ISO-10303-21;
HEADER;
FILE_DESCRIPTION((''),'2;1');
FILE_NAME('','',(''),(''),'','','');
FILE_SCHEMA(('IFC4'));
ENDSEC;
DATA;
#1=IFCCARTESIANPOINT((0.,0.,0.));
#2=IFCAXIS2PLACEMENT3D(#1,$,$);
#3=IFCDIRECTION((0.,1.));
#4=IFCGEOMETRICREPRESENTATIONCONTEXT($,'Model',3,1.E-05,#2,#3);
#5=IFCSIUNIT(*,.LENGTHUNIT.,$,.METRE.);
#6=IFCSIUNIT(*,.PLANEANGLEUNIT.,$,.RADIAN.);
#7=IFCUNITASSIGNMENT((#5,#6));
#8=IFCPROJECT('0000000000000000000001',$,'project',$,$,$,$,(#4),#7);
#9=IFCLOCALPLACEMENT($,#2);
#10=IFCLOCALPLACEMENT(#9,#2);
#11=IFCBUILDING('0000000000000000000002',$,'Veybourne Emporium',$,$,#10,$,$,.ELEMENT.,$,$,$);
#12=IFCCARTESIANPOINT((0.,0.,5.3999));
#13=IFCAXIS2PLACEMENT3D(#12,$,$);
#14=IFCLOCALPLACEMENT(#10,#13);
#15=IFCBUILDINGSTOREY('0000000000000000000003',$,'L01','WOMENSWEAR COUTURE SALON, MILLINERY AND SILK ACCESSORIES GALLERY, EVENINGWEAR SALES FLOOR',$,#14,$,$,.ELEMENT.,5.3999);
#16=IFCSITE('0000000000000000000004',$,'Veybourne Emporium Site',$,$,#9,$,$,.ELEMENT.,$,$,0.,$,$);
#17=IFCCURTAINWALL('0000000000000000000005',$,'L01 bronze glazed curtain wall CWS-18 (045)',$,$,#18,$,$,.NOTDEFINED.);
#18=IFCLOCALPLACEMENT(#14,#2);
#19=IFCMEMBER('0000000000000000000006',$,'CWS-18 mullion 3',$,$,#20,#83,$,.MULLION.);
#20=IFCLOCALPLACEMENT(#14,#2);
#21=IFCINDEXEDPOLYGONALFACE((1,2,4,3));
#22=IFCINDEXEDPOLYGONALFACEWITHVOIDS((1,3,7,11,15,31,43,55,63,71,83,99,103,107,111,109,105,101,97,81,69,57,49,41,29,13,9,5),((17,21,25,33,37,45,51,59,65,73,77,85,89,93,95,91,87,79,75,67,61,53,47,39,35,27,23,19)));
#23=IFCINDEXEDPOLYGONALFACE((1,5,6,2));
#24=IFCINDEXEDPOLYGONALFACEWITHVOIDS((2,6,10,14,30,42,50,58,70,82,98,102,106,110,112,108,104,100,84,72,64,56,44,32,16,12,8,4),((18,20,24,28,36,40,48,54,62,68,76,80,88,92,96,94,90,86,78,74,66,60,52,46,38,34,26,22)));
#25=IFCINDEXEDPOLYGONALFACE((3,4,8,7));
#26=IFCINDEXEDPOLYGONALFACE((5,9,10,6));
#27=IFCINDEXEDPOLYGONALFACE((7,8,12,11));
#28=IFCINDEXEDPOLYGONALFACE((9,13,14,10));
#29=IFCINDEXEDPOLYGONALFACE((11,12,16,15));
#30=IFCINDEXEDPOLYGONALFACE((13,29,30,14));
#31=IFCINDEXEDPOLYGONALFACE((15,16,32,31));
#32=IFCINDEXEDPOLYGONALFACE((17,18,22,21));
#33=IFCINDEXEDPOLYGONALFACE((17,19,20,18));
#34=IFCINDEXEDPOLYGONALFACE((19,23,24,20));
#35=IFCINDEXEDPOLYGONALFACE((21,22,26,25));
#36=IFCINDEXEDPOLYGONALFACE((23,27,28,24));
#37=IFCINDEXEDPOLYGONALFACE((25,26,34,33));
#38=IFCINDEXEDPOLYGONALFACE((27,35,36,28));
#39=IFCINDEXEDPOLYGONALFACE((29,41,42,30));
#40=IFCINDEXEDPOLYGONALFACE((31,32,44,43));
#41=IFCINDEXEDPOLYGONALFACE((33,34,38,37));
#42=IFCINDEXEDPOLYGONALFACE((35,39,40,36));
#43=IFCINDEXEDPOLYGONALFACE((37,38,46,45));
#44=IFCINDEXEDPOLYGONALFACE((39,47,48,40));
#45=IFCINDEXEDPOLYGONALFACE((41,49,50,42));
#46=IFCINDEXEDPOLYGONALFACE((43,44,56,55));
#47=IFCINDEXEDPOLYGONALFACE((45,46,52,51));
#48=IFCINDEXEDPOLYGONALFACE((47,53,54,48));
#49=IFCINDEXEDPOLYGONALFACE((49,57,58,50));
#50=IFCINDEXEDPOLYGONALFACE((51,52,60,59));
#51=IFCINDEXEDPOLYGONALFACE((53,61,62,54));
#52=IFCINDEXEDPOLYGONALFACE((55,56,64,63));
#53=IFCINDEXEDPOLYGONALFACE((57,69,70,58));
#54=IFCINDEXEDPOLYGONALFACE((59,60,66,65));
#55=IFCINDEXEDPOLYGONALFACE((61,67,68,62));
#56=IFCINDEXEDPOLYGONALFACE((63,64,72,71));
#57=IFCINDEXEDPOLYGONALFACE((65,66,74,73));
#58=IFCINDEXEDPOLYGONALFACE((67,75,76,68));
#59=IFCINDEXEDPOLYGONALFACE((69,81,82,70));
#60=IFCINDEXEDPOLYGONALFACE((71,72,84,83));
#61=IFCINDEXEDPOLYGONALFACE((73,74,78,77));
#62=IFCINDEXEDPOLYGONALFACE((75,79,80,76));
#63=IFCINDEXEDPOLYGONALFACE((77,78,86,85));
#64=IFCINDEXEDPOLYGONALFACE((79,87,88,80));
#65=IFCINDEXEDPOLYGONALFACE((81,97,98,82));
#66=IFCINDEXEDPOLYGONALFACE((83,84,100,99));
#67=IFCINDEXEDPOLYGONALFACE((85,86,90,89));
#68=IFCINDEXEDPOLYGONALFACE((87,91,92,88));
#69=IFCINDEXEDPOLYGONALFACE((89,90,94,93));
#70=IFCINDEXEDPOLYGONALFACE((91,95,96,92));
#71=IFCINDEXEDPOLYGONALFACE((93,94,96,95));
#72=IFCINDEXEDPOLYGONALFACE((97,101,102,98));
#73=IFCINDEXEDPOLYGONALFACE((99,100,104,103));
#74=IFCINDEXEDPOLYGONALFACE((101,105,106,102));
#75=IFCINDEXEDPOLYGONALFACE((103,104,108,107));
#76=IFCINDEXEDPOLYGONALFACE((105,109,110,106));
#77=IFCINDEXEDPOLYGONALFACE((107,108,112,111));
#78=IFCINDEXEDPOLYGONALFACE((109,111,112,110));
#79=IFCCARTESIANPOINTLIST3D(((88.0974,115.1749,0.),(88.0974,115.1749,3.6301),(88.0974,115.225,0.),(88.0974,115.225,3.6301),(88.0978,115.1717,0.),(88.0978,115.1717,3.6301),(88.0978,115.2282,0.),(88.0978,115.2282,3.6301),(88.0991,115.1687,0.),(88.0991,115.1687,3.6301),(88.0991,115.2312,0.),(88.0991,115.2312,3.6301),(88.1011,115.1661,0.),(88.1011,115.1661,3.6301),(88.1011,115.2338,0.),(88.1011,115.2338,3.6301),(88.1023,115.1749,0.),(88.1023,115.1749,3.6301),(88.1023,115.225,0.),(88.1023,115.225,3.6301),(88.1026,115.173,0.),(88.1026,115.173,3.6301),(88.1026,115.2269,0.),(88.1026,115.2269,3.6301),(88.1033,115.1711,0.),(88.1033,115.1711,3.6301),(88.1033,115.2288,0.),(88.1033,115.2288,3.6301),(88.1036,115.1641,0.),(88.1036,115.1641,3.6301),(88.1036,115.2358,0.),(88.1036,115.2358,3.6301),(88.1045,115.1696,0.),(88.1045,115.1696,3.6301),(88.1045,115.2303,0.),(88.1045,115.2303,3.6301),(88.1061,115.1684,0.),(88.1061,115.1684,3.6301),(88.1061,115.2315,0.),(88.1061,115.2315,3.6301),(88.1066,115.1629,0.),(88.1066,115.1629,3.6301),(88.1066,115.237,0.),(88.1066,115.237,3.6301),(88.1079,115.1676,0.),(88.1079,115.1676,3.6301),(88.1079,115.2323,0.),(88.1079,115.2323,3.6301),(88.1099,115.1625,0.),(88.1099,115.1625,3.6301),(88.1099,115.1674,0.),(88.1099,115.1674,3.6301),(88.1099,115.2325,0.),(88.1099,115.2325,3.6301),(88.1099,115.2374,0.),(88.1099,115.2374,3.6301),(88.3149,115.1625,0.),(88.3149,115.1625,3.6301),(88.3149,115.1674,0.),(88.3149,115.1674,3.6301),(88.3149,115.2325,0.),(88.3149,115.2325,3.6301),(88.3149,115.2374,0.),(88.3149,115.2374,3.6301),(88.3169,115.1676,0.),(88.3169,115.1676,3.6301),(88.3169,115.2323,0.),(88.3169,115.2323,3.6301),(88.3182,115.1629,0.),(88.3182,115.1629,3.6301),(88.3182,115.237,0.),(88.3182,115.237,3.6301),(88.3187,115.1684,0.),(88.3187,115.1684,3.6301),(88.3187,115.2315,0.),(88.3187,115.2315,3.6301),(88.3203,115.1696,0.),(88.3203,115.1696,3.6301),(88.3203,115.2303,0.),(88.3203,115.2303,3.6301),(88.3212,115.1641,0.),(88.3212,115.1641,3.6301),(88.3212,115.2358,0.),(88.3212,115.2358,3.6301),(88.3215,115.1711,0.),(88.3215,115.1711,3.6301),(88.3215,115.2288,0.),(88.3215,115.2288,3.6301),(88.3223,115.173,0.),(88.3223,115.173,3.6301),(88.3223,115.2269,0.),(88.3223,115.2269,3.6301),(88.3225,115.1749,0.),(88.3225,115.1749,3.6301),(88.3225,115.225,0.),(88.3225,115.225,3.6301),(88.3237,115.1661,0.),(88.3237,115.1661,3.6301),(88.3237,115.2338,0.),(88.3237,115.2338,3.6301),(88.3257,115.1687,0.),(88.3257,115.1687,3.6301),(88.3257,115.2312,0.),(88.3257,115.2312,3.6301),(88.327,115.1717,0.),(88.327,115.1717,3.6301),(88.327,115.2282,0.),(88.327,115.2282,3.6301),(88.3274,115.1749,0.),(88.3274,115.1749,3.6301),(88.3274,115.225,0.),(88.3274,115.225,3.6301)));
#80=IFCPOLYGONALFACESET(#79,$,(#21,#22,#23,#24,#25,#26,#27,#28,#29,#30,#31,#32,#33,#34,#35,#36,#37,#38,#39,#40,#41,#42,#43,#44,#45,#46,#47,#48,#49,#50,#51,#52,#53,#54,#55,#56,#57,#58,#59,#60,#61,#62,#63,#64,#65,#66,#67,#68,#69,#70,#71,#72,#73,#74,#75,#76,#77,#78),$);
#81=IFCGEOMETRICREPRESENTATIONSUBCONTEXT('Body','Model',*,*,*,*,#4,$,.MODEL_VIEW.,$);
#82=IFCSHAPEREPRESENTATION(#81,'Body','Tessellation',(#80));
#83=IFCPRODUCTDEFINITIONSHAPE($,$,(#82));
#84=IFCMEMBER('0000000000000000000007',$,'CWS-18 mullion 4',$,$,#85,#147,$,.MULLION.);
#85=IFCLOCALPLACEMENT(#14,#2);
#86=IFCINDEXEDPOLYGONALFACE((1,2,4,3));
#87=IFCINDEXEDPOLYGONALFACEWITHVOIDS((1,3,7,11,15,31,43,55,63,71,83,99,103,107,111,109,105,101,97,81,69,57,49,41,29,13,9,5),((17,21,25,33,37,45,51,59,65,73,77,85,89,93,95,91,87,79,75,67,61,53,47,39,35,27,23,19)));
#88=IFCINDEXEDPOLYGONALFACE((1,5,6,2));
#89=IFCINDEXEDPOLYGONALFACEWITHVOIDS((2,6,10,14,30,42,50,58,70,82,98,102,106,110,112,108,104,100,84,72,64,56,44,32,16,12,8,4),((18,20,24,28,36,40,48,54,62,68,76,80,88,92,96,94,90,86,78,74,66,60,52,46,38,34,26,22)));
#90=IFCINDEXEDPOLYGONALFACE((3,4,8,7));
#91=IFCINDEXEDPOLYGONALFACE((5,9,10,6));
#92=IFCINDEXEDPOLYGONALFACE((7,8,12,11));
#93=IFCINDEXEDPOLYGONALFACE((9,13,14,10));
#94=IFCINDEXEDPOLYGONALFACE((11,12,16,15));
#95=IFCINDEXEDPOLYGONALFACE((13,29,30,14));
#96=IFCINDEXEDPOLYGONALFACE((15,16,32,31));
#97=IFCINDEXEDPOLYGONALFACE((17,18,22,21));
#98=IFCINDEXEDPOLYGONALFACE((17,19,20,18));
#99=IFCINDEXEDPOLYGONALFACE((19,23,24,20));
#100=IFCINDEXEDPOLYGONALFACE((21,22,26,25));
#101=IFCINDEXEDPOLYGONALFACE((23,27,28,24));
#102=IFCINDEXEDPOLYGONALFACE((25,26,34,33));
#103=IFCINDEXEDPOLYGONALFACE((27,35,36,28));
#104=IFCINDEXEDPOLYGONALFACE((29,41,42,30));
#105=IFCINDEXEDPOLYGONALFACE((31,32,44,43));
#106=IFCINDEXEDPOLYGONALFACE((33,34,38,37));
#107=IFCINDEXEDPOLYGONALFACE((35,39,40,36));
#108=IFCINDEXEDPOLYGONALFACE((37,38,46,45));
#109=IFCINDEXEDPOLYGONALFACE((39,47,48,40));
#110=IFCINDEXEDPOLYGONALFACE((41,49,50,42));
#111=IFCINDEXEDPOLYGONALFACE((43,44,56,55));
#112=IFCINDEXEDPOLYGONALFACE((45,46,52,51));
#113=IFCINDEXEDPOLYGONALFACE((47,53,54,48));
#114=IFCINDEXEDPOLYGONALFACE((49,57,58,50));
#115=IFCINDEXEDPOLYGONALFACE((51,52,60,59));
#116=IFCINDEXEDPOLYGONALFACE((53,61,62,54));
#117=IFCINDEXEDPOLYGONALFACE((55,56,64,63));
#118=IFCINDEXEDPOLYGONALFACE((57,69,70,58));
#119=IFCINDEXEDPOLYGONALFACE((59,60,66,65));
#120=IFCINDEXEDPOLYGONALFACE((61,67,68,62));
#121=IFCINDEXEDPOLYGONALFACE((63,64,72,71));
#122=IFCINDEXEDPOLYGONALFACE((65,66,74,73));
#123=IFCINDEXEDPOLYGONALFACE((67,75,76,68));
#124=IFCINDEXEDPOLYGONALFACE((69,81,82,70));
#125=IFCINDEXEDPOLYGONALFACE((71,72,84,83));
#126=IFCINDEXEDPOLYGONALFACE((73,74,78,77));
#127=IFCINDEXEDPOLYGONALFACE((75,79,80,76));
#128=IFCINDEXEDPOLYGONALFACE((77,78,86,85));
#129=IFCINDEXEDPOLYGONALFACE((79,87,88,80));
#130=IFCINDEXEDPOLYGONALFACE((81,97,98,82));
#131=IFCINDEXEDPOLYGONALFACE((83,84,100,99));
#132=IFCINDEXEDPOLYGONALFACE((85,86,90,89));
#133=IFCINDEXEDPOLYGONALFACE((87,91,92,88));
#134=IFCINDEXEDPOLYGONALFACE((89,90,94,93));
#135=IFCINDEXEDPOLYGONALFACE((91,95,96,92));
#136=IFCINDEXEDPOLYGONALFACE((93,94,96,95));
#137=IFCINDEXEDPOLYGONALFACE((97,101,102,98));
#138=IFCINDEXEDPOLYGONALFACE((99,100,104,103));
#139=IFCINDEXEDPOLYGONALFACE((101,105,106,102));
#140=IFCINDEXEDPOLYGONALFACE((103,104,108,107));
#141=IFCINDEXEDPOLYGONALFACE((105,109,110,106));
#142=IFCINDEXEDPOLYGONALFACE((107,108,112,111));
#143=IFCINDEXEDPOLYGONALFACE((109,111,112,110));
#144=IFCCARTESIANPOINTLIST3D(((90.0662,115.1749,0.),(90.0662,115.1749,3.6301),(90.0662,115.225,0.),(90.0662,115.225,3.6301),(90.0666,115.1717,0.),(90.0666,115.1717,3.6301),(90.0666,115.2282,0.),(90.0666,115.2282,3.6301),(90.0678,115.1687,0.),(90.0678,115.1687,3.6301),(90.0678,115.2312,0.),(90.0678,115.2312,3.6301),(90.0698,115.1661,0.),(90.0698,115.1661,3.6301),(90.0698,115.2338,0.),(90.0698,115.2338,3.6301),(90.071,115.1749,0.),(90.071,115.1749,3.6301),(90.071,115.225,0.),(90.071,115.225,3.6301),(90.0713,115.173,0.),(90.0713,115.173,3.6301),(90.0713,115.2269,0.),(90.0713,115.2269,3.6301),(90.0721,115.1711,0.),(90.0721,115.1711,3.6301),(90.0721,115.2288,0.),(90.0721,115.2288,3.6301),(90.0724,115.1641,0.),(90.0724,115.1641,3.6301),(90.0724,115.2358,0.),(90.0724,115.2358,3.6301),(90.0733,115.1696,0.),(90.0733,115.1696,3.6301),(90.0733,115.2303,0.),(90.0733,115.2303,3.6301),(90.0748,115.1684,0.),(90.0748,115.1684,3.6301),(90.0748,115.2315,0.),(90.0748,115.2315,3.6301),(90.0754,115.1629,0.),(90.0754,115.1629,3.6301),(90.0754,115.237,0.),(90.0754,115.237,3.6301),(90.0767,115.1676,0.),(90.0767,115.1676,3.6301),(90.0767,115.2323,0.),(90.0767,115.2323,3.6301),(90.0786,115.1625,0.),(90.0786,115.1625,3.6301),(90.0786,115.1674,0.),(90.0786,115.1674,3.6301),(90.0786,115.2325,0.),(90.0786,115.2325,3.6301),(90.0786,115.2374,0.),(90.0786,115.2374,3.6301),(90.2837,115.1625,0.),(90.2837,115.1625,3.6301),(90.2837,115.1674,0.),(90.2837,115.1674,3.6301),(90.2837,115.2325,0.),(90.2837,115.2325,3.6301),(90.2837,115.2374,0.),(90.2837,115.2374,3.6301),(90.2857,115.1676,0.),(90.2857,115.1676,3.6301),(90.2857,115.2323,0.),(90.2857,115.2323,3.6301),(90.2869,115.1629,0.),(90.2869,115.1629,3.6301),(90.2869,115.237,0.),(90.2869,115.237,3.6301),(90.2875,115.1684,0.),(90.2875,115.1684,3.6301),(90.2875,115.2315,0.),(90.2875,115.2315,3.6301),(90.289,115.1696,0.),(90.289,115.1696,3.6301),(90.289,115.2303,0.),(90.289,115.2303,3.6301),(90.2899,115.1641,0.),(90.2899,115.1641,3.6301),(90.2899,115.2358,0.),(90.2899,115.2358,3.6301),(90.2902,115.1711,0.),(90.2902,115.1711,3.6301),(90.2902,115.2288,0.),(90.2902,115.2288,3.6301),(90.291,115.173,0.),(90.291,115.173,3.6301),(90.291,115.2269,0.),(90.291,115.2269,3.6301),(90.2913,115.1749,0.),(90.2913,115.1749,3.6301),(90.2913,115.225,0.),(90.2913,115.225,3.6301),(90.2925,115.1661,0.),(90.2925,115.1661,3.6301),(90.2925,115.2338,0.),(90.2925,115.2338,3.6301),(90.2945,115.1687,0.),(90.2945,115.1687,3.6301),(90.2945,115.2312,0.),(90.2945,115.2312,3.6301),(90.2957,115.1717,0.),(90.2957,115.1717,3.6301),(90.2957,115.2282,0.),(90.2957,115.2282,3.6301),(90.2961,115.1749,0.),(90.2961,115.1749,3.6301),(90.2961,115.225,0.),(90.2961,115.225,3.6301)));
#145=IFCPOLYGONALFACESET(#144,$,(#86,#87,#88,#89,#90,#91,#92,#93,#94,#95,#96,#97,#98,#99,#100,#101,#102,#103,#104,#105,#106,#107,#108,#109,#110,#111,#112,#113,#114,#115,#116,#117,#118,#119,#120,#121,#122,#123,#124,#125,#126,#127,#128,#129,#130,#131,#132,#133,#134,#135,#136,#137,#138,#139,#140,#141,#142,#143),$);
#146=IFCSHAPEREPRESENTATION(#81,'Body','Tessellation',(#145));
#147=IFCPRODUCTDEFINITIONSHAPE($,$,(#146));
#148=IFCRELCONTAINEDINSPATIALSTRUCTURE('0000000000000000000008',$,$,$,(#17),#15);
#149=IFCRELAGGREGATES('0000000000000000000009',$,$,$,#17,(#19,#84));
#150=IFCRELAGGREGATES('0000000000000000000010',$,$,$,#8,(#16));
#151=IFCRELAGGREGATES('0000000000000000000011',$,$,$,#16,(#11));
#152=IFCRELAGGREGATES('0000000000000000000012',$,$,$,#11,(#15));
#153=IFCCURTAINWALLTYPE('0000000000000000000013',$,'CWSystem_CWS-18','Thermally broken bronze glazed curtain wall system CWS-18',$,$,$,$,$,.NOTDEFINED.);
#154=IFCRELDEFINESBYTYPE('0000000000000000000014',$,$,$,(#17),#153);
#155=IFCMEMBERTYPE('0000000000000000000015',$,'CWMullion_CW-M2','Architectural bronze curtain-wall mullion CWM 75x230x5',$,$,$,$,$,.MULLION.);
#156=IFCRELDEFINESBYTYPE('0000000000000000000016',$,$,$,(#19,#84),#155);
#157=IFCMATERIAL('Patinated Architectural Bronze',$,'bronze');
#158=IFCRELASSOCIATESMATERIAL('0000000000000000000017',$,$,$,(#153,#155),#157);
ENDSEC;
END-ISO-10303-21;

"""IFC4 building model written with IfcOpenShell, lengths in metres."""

from ifc_helpers import new_model, si_unit, direction, frame, origin, origin_2d, place, context, subcontext, project, spatial, hollow_rectangle, extrude, material, material_profile, profile_set, type_object, element, aggregate, save


model = new_model("IFC4")

# Units and contexts
model_context = context("Model", 3, precision=1e-05, world=origin(), true_north=direction((0.0, 1.0)))
body_context = subcontext(model_context, "Body", "Model", "MODEL_VIEW")
ifc_project = project(units=[si_unit("LENGTHUNIT", "METRE"), si_unit("PLANEANGLEUNIT", "RADIAN")], contexts=[model_context])

# Site, building, storey
site_placement = place(None, origin())
site = spatial("IfcSite", under=ifc_project, at=site_placement, Name="Veybourne Emporium Site", CompositionType="ELEMENT", RefElevation=0.0)
building_placement = place(site_placement, origin())
building = spatial("IfcBuilding", under=site, at=building_placement, Name="Veybourne Emporium", CompositionType="ELEMENT")
storey_placement = place(building_placement, frame((0.0, 0.0, 5.3999)))
storey = spatial("IfcBuildingStorey", under=building, at=storey_placement, Name="L01", Description="WOMENSWEAR COUTURE SALON, MILLINERY AND SILK ACCESSORIES GALLERY, EVENINGWEAR SALES FLOOR", CompositionType="ELEMENT", Elevation=5.3999)

# Curtain wall, members
ifc_material_1 = material(Name="Patinated Architectural Bronze", Category="bronze")
curtain_wall_type = type_object("IfcCurtainWallType", Name="CWSystem_CWS-18", Description="Thermally broken bronze glazed curtain wall system CWS-18", PredefinedType="NOTDEFINED", material=ifc_material_1)
curtain_wall_placement = place(storey_placement, origin())
curtain_wall = element("IfcCurtainWall", 1, at=curtain_wall_placement, inside=storey, type_object=curtain_wall_type, Name="L01 bronze glazed curtain wall CWS-18 (045)", PredefinedType="NOTDEFINED")
ifc_material_profile_1 = material_profile(ifc_material_1, hollow_rectangle(XDim=0.075, YDim=0.23, WallThickness=0.0049, InnerFilletRadius=0.0076, OuterFilletRadius=0.0125, at=origin_2d()), Name="CWM 75x230x5")
ifc_profile_set_1 = profile_set([ifc_material_profile_1], Name="Patinated Architectural Bronze")
member_type_1 = type_object("IfcMemberType", Name="CWMullion_CW-M2", Description="Architectural bronze curtain-wall mullion CWM 75x230x5", PredefinedType="MULLION", material=ifc_profile_set_1)
member_1_placement = place(storey_placement, frame((88.2124, 115.2, 0.0), z_axis=(0.0, 0.0, 1.0), x_axis=(0.0, 1.0, 0.0)))
member_1 = element("IfcMember", 2, at=member_1_placement, type_object=member_type_1, Name="CWS-18 mullion 3", PredefinedType="MULLION", context=body_context, shape_type="SweptSolid", body=[
    extrude(hollow_rectangle(XDim=0.075, YDim=0.23, WallThickness=0.0049, InnerFilletRadius=0.0076, OuterFilletRadius=0.0125, at=origin_2d()), origin(), (0.0, 0.0, 1.0), 3.6301),
])
member_2_placement = place(storey_placement, frame((90.1812, 115.2, 0.0), z_axis=(0.0, 0.0, 1.0), x_axis=(0.0, 1.0, 0.0)))
member_2 = element("IfcMember", 3, at=member_2_placement, type_object=member_type_1, Name="CWS-18 mullion 4", PredefinedType="MULLION", context=body_context, shape_type="SweptSolid", body=[
    extrude(hollow_rectangle(XDim=0.075, YDim=0.23, WallThickness=0.0049, InnerFilletRadius=0.0076, OuterFilletRadius=0.0125, at=origin_2d()), origin(), (0.0, 0.0, 1.0), 3.6301),
])
aggregate(curtain_wall, [member_1, member_2])

save(model, "model.ifc")
